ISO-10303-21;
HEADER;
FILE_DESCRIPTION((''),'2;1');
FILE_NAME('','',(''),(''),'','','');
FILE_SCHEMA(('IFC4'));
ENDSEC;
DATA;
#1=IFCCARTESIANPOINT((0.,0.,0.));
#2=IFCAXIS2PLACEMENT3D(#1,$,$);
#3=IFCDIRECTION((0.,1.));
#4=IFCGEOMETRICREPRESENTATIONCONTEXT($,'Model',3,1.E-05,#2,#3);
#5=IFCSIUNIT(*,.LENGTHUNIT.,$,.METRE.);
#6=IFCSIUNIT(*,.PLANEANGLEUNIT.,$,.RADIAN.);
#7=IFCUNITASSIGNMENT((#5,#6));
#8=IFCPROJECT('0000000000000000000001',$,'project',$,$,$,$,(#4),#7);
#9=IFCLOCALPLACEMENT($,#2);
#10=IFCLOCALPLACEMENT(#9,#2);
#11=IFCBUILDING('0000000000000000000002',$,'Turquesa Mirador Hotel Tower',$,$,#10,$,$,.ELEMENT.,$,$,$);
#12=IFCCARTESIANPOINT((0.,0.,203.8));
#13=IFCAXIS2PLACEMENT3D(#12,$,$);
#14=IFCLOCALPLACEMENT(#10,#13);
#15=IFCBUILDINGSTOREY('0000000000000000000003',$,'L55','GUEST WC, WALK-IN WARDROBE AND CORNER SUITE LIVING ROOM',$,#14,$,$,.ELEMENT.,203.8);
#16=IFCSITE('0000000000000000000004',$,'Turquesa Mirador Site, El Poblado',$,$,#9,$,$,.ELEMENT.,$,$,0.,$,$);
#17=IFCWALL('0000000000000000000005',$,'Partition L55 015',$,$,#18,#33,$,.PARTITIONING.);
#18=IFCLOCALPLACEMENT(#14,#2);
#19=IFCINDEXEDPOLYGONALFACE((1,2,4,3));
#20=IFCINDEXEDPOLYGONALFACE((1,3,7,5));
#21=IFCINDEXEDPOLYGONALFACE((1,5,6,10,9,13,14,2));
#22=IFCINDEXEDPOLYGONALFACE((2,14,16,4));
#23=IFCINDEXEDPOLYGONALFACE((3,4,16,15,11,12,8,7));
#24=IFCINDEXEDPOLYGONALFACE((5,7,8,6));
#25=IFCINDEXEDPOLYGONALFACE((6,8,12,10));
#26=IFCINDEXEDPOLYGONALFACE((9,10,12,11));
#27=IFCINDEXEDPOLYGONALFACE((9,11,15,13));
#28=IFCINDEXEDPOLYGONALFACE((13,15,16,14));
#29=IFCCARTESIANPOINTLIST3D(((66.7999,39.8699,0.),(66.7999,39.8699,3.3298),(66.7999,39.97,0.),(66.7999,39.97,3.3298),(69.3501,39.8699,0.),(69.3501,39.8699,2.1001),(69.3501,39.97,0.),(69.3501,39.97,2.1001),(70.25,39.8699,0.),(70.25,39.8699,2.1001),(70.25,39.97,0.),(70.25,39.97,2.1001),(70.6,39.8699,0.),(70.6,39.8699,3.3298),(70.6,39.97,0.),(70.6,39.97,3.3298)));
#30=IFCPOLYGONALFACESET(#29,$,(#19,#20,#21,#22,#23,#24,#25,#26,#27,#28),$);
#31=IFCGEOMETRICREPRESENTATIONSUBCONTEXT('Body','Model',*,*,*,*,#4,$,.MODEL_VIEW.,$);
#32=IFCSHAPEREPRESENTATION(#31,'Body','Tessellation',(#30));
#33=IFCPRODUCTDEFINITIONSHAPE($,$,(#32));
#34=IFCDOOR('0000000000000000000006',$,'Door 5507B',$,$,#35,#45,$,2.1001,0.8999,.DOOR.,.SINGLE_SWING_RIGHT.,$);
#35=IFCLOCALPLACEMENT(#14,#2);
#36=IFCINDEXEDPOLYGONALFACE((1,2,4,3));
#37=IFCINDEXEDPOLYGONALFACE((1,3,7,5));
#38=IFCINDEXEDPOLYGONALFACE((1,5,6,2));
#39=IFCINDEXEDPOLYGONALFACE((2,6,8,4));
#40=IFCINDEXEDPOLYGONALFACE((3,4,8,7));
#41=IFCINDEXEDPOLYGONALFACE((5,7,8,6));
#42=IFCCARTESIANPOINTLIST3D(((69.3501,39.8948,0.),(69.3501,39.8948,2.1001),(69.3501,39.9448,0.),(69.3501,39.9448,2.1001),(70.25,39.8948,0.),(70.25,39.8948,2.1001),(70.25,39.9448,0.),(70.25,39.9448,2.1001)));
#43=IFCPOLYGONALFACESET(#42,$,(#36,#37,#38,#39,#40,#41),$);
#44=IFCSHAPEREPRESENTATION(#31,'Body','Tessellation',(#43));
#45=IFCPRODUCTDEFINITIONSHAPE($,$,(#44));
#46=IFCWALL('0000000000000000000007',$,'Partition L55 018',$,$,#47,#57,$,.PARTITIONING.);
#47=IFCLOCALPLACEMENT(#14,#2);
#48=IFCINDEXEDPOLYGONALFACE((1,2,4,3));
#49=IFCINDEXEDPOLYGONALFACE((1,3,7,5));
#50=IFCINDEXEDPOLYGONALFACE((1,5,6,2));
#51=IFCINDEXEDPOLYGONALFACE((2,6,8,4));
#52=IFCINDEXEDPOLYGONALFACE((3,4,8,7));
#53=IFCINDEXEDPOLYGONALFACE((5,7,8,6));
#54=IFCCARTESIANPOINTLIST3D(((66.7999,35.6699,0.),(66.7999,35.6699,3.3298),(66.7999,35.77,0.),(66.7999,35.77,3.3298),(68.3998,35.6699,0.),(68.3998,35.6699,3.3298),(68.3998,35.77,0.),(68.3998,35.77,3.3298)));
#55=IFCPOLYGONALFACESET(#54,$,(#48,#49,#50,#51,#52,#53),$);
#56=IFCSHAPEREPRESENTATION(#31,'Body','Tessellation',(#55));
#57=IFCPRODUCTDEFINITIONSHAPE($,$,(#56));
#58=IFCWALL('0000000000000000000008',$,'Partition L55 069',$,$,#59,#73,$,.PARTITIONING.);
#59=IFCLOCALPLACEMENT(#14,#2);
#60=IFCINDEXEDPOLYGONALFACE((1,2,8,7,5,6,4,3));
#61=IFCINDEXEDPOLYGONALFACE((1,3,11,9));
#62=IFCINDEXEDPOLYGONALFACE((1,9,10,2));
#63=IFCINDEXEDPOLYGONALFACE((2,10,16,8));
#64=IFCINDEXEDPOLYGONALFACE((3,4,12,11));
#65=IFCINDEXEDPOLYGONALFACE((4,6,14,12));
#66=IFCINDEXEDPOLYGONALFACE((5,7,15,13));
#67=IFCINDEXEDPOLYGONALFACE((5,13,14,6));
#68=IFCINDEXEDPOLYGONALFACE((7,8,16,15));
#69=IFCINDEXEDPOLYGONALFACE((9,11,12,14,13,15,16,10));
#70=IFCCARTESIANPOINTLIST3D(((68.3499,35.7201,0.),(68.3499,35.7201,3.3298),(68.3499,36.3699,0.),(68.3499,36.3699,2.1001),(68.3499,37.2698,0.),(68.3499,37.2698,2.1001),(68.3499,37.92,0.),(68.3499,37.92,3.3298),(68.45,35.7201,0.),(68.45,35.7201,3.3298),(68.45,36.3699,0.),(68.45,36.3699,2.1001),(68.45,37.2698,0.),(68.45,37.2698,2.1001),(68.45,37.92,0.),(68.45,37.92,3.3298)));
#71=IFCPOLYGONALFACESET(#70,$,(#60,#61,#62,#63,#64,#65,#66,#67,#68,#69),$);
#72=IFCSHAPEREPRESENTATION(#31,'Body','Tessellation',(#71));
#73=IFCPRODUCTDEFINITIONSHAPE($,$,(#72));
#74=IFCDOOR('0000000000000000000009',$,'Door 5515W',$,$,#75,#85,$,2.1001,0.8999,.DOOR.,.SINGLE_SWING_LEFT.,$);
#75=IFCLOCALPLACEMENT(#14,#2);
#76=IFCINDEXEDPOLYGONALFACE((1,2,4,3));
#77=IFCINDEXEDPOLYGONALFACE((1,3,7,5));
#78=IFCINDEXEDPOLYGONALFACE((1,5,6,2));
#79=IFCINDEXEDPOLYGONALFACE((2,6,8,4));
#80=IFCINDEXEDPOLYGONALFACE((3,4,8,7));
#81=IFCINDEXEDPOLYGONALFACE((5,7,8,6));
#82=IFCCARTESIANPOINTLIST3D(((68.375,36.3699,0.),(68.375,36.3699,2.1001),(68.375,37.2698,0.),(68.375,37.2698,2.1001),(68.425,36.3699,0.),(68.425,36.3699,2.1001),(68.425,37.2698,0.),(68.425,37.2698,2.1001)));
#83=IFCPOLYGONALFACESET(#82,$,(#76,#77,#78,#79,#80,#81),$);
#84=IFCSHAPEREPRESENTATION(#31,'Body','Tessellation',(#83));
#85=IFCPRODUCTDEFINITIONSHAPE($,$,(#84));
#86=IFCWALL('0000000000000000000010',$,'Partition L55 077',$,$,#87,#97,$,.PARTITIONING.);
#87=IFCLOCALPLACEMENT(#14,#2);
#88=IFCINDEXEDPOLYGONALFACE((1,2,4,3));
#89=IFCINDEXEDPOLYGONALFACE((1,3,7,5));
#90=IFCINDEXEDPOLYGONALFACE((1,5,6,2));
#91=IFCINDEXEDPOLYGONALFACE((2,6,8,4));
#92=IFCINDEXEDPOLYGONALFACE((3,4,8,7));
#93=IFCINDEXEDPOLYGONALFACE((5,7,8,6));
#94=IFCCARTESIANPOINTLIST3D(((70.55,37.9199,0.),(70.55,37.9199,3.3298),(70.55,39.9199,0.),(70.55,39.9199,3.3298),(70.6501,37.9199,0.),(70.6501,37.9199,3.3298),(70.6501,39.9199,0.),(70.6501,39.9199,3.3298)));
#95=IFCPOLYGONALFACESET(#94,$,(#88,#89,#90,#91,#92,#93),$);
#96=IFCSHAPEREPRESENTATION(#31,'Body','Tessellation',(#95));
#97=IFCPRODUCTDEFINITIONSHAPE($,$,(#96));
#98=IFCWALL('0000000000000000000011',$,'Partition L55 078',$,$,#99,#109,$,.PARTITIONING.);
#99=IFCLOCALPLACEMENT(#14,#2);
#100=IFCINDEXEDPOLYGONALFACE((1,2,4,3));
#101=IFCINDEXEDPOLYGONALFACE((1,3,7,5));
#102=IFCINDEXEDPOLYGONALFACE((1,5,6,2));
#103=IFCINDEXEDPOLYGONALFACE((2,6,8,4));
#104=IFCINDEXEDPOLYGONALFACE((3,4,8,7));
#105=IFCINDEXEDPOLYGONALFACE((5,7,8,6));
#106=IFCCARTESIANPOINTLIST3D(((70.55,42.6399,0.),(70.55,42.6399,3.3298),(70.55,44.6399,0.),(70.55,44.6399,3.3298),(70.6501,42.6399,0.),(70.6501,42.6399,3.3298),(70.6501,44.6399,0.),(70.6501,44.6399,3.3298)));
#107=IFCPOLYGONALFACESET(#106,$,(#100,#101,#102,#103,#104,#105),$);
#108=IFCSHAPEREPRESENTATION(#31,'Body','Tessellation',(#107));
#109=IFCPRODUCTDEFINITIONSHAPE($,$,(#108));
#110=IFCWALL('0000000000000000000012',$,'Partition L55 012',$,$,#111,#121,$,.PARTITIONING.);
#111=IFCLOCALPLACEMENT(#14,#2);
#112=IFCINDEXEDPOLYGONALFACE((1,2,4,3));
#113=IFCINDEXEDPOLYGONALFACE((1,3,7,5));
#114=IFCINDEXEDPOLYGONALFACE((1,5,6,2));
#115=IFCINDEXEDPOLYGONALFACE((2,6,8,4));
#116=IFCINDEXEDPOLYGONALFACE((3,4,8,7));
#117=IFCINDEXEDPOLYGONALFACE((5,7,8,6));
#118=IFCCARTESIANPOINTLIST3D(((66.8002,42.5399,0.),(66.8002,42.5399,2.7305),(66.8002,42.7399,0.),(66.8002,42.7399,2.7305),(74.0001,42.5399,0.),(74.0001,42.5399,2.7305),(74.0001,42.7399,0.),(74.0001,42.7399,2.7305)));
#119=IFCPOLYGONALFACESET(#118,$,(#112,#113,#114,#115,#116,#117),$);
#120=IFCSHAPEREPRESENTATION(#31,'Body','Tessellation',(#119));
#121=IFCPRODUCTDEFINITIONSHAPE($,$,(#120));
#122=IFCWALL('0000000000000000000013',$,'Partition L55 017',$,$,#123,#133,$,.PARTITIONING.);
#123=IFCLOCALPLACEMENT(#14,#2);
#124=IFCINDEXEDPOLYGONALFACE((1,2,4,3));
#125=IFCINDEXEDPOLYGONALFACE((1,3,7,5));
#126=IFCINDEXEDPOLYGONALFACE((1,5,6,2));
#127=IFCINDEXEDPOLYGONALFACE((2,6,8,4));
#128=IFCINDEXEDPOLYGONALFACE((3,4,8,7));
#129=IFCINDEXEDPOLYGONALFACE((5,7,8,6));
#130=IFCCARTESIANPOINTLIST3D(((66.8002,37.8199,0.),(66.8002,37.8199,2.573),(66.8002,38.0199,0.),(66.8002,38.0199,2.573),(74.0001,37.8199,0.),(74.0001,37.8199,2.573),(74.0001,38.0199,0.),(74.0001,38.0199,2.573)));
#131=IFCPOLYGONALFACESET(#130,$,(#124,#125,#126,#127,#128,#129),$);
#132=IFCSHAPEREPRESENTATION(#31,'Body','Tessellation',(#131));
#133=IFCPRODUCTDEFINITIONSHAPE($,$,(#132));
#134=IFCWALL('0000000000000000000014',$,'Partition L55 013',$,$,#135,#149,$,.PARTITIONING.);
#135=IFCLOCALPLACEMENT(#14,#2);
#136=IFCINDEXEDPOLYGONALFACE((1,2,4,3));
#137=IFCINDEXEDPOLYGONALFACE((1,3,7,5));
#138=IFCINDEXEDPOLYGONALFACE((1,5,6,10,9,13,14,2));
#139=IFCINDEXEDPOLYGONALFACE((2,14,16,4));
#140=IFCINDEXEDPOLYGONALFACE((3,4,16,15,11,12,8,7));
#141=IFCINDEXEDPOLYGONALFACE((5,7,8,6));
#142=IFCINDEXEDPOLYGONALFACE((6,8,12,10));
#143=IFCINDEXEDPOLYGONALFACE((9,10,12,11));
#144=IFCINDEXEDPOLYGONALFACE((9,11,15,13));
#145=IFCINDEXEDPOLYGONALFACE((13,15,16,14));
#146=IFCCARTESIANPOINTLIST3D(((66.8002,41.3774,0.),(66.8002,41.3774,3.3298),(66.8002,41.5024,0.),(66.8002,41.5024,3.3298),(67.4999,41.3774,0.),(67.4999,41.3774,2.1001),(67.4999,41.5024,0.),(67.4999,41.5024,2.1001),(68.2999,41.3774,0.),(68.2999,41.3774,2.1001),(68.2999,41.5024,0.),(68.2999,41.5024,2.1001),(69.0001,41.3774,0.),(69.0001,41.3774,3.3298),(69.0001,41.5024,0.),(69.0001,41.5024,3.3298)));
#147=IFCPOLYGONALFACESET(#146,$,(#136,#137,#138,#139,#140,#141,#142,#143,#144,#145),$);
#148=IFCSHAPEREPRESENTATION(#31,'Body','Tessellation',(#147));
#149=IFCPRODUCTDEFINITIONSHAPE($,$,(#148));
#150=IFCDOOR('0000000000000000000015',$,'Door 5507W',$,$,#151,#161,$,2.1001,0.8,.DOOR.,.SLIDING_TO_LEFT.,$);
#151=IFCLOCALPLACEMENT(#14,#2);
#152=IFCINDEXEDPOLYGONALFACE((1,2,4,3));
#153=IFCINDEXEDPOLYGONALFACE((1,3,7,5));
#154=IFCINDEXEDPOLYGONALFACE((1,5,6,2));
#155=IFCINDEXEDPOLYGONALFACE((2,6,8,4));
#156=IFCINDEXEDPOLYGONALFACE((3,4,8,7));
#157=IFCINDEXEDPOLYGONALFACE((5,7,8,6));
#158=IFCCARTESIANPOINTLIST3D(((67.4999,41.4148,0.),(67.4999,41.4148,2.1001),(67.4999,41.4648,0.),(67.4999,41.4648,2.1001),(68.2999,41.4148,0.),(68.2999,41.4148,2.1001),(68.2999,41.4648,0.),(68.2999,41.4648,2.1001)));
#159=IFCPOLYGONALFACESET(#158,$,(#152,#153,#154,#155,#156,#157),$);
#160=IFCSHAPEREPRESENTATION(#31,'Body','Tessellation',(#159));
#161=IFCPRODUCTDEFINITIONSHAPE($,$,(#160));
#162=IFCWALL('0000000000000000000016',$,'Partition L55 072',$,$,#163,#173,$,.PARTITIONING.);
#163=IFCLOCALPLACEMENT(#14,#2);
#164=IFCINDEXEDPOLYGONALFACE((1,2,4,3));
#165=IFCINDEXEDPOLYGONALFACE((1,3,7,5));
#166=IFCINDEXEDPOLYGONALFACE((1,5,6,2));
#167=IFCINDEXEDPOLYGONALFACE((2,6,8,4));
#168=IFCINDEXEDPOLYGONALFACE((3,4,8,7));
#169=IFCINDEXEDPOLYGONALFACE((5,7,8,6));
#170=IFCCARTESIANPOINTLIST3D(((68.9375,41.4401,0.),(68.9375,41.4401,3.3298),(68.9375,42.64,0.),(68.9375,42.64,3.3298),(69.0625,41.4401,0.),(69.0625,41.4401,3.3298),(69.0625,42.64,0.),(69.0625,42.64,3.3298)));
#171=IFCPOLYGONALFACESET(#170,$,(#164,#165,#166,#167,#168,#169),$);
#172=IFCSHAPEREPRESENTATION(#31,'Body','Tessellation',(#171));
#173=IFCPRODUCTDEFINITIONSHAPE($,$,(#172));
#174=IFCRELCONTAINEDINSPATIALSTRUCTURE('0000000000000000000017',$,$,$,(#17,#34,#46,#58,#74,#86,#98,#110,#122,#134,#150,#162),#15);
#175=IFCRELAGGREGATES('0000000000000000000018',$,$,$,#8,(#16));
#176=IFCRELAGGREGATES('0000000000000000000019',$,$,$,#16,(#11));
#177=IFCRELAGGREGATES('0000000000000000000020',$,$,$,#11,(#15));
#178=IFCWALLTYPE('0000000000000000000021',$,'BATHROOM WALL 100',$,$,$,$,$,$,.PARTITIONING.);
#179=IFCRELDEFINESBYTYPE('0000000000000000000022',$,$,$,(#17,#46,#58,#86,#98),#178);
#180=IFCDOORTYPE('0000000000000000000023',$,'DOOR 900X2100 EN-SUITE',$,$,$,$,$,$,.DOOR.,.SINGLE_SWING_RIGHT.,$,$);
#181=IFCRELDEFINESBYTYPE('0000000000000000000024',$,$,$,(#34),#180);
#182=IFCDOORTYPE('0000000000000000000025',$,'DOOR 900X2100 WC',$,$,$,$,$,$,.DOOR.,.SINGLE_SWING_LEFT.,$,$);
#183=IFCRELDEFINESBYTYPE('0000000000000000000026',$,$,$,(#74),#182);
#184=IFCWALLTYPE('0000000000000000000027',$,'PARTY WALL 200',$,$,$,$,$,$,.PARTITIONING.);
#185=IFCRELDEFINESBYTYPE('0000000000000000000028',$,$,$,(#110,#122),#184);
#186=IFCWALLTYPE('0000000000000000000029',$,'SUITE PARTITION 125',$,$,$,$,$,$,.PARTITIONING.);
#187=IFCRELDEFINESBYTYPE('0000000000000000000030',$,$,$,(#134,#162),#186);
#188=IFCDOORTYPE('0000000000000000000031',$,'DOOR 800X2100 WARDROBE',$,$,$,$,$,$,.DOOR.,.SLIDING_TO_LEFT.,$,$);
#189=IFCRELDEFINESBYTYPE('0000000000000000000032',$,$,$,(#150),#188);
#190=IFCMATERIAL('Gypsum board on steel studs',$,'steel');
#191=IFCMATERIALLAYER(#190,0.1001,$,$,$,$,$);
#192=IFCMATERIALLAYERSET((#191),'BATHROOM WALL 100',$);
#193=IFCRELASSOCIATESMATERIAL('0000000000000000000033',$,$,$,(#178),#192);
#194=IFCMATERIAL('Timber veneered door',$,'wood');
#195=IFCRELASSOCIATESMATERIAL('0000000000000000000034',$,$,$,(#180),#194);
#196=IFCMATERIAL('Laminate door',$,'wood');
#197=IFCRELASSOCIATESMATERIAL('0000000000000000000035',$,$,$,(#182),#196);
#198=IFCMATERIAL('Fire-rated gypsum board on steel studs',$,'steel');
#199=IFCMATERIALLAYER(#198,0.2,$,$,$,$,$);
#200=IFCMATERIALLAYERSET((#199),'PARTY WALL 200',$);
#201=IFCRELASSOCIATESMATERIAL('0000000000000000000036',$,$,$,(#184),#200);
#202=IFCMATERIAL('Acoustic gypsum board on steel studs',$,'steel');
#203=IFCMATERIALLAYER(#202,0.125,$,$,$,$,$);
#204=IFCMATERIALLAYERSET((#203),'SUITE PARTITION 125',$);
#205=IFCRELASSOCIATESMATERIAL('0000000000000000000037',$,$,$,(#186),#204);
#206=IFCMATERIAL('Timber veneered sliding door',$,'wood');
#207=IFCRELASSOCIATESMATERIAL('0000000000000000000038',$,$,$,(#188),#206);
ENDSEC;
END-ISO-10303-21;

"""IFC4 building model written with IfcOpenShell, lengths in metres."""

from ifc_helpers import new_model, si_unit, direction, frame, frame_2d, origin, place, context, subcontext, project, spatial, rectangle, extrude, material, layer, layer_set, type_object, element, fill, save


model = new_model("IFC4")

# Units and contexts
model_context = context("Model", 3, precision=1e-05, world=origin(), true_north=direction((0.0, 1.0)))
body_context = subcontext(model_context, "Body", "Model", "MODEL_VIEW")
ifc_project = project(units=[si_unit("LENGTHUNIT", "METRE"), si_unit("PLANEANGLEUNIT", "RADIAN")], contexts=[model_context])

# Site, building, storey
site_placement = place(None, origin())
site = spatial("IfcSite", under=ifc_project, at=site_placement, Name="Turquesa Mirador Site, El Poblado", CompositionType="ELEMENT", RefElevation=0.0)
building_placement = place(site_placement, origin())
building = spatial("IfcBuilding", under=site, at=building_placement, Name="Turquesa Mirador Hotel Tower", CompositionType="ELEMENT")
storey_placement = place(building_placement, frame((0.0, 0.0, 203.8)))
storey = spatial("IfcBuildingStorey", under=building, at=storey_placement, Name="L55", Description="GUEST WC, WALK-IN WARDROBE AND CORNER SUITE LIVING ROOM", CompositionType="ELEMENT", Elevation=203.8)

# Wall, opening, door
ifc_material_1 = material(Name="Gypsum board on steel studs", Category="steel")
ifc_layer_1 = layer(ifc_material_1, 0.1001)
ifc_layer_set_1 = layer_set([ifc_layer_1], Name="BATHROOM WALL 100")
wall_type_1 = type_object("IfcWallType", Name="BATHROOM WALL 100", PredefinedType="PARTITIONING", material=ifc_layer_set_1)
ifc_material_2 = material(Name="Timber veneered door", Category="wood")
door_type_1 = type_object("IfcDoorType", Name="DOOR 900X2100 EN-SUITE", OperationType="SINGLE_SWING_RIGHT", PredefinedType="DOOR", material=ifc_material_2)
wall_1_placement = place(storey_placement, frame((66.8, 39.9199, 0.0), z_axis=(0.0, 0.0, 1.0), x_axis=(1.0, 0.0, 0.0)))
wall_1 = element("IfcWall", 1, at=wall_1_placement, inside=storey, type_object=wall_type_1, Name="Partition L55 015", PredefinedType="PARTITIONING", context=body_context, shape_type="SweptSolid", body=[
    extrude(rectangle(XDim=3.8, YDim=0.1001, at=frame_2d((1.8999, 0.0))), origin(), (0.0, 0.0, 1.0), 3.3298),
])
opening_1_placement = place(wall_1_placement, frame((2.55, 0.0, 0.0)))
opening_1 = element("IfcOpeningElement", 2, at=opening_1_placement, cuts=wall_1, PredefinedType="OPENING", context=body_context, shape_type="SweptSolid", body=[
    extrude(rectangle(XDim=0.8999, YDim=2.1001, at=frame_2d((0.45, 1.05))), frame((0.0, 0.0601, 0.0), z_axis=(0.0, -1.0, 0.0), x_axis=(1.0, 0.0, 0.0)), (0.0, 0.0, 1.0), 0.1201),
])
door_1_placement = place(opening_1_placement, origin())
door_1 = element("IfcDoor", 3, at=door_1_placement, inside=storey, type_object=door_type_1, Name="Door 5507B", OperationType="SINGLE_SWING_RIGHT", OverallHeight=2.1001, OverallWidth=0.8999, PredefinedType="DOOR", context=body_context, shape_type="SweptSolid", body=[
    extrude(rectangle(XDim=0.8999, YDim=2.1001, at=frame_2d((0.45, 1.05))), frame((0.0, 0.0249, 0.0), z_axis=(0.0, -1.0, 0.0), x_axis=(1.0, 0.0, 0.0)), (0.0, 0.0, 1.0), 0.05),
])
fill(opening_1, door_1)

# Wall
wall_2_placement = place(storey_placement, frame((66.8, 35.72, 0.0), z_axis=(0.0, 0.0, 1.0), x_axis=(1.0, 0.0, 0.0)))
element("IfcWall", 4, at=wall_2_placement, inside=storey, type_object=wall_type_1, Name="Partition L55 018", PredefinedType="PARTITIONING", context=body_context, shape_type="SweptSolid", body=[
    extrude(rectangle(XDim=1.5999, YDim=0.1001, at=frame_2d((0.7998, 0.0))), origin(), (0.0, 0.0, 1.0), 3.3298),
])

# Wall, opening, door
wall_3_placement = place(storey_placement, frame((68.3999, 35.72, 0.0), z_axis=(0.0, 0.0, 1.0), x_axis=(0.0, 1.0, 0.0)))
wall_3 = element("IfcWall", 5, at=wall_3_placement, inside=storey, type_object=wall_type_1, Name="Partition L55 069", PredefinedType="PARTITIONING", context=body_context, shape_type="SweptSolid", body=[
    extrude(rectangle(XDim=2.2, YDim=0.1001, at=frame_2d((1.1001, 0.0))), origin(), (0.0, 0.0, 1.0), 3.3298),
])
opening_2_placement = place(wall_3_placement, frame((0.6499, 0.0, 0.0)))
opening_2 = element("IfcOpeningElement", 6, at=opening_2_placement, cuts=wall_3, PredefinedType="OPENING", context=body_context, shape_type="SweptSolid", body=[
    extrude(rectangle(XDim=0.8999, YDim=2.1001, at=frame_2d((0.45, 1.05))), frame((0.0, 0.0601, 0.0), z_axis=(0.0, -1.0, 0.0), x_axis=(1.0, 0.0, 0.0)), (0.0, 0.0, 1.0), 0.1201),
])
ifc_material_3 = material(Name="Laminate door", Category="wood")
door_type_2 = type_object("IfcDoorType", Name="DOOR 900X2100 WC", OperationType="SINGLE_SWING_LEFT", PredefinedType="DOOR", material=ifc_material_3)
door_2_placement = place(opening_2_placement, origin())
door_2 = element("IfcDoor", 7, at=door_2_placement, inside=storey, type_object=door_type_2, Name="Door 5515W", OperationType="SINGLE_SWING_LEFT", OverallHeight=2.1001, OverallWidth=0.8999, PredefinedType="DOOR", context=body_context, shape_type="SweptSolid", body=[
    extrude(rectangle(XDim=0.8999, YDim=2.1001, at=frame_2d((0.45, 1.05))), frame((0.0, 0.0249, 0.0), z_axis=(0.0, -1.0, 0.0), x_axis=(1.0, 0.0, 0.0)), (0.0, 0.0, 1.0), 0.05),
])
fill(opening_2, door_2)

# Walls
for number, where, z_axis, x_axis, name in (
    (8, (70.6001, 37.9199, 0.0), (0.0, 0.0, 1.0), (0.0, 1.0, 0.0), "Partition L55 077"),
    (9, (70.6001, 42.6399, 0.0), (0.0, 0.0, 1.0), (0.0, 1.0, 0.0), "Partition L55 078"),
):
    element("IfcWall", number, at=place(storey_placement, frame(where, z_axis=z_axis, x_axis=x_axis)), inside=storey, type_object=wall_type_1, Name=name, PredefinedType="PARTITIONING", context=body_context, shape_type="SweptSolid", body=[
        extrude(rectangle(XDim=2.0, YDim=0.1001, at=frame_2d((1.0, 0.0))), origin(), (0.0, 0.0, 1.0), 3.3298),
    ])
ifc_material_4 = material(Name="Fire-rated gypsum board on steel studs", Category="steel")
ifc_layer_2 = layer(ifc_material_4, 0.2)
ifc_layer_set_2 = layer_set([ifc_layer_2], Name="PARTY WALL 200")
wall_type_2 = type_object("IfcWallType", Name="PARTY WALL 200", PredefinedType="PARTITIONING", material=ifc_layer_set_2)
wall_4_placement = place(storey_placement, frame((66.8, 42.6399, 0.0), z_axis=(0.0, 0.0, 1.0), x_axis=(1.0, 0.0, 0.0)))
element("IfcWall", 10, at=wall_4_placement, inside=storey, type_object=wall_type_2, Name="Partition L55 012", PredefinedType="PARTITIONING", context=body_context, shape_type="SweptSolid", body=[
    extrude(rectangle(XDim=7.2, YDim=0.2, at=frame_2d((3.6001, 0.0))), origin(), (0.0, 0.0, 1.0), 2.7305),
])
wall_5_placement = place(storey_placement, frame((66.8, 37.9199, 0.0), z_axis=(0.0, 0.0, 1.0), x_axis=(1.0, 0.0, 0.0)))
element("IfcWall", 11, at=wall_5_placement, inside=storey, type_object=wall_type_2, Name="Partition L55 017", PredefinedType="PARTITIONING", context=body_context, shape_type="SweptSolid", body=[
    extrude(rectangle(XDim=7.2, YDim=0.2, at=frame_2d((3.6001, 0.0))), origin(), (0.0, 0.0, 1.0), 2.573),
])

# Wall, opening, door
ifc_material_5 = material(Name="Acoustic gypsum board on steel studs", Category="steel")
ifc_layer_3 = layer(ifc_material_5, 0.125)
ifc_layer_set_3 = layer_set([ifc_layer_3], Name="SUITE PARTITION 125")
wall_type_3 = type_object("IfcWallType", Name="SUITE PARTITION 125", PredefinedType="PARTITIONING", material=ifc_layer_set_3)
wall_6_placement = place(storey_placement, frame((66.8, 41.4399, 0.0), z_axis=(0.0, 0.0, 1.0), x_axis=(1.0, 0.0, 0.0)))
wall_6 = element("IfcWall", 12, at=wall_6_placement, inside=storey, type_object=wall_type_3, Name="Partition L55 013", PredefinedType="PARTITIONING", context=body_context, shape_type="SweptSolid", body=[
    extrude(rectangle(XDim=2.2, YDim=0.125, at=frame_2d((1.1001, 0.0))), origin(), (0.0, 0.0, 1.0), 3.3298),
])
opening_3_placement = place(wall_6_placement, frame((0.7, 0.0, 0.0)))
opening_3 = element("IfcOpeningElement", 13, at=opening_3_placement, cuts=wall_6, PredefinedType="OPENING", context=body_context, shape_type="SweptSolid", body=[
    extrude(rectangle(XDim=0.8, YDim=2.1001, at=frame_2d((0.3999, 1.05))), frame((0.0, 0.0725, 0.0), z_axis=(0.0, -1.0, 0.0), x_axis=(1.0, 0.0, 0.0)), (0.0, 0.0, 1.0), 0.145),
])
ifc_material_6 = material(Name="Timber veneered sliding door", Category="wood")
door_type_3 = type_object("IfcDoorType", Name="DOOR 800X2100 WARDROBE", OperationType="SLIDING_TO_LEFT", PredefinedType="DOOR", material=ifc_material_6)
door_3_placement = place(opening_3_placement, origin())
door_3 = element("IfcDoor", 14, at=door_3_placement, inside=storey, type_object=door_type_3, Name="Door 5507W", OperationType="SLIDING_TO_LEFT", OverallHeight=2.1001, OverallWidth=0.8, PredefinedType="DOOR", context=body_context, shape_type="SweptSolid", body=[
    extrude(rectangle(XDim=0.8, YDim=2.1001, at=frame_2d((0.3999, 1.05))), frame((0.0, 0.0249, 0.0), z_axis=(0.0, -1.0, 0.0), x_axis=(1.0, 0.0, 0.0)), (0.0, 0.0, 1.0), 0.05),
])
fill(opening_3, door_3)

# Wall
wall_7_placement = place(storey_placement, frame((69.0, 41.4399, 0.0), z_axis=(0.0, 0.0, 1.0), x_axis=(0.0, 1.0, 0.0)))
element("IfcWall", 15, at=wall_7_placement, inside=storey, type_object=wall_type_3, Name="Partition L55 072", PredefinedType="PARTITIONING", context=body_context, shape_type="SweptSolid", body=[
    extrude(rectangle(XDim=1.2, YDim=0.125, at=frame_2d((0.6001, 0.0))), origin(), (0.0, 0.0, 1.0), 3.3298),
])

save(model, "model.ifc")
